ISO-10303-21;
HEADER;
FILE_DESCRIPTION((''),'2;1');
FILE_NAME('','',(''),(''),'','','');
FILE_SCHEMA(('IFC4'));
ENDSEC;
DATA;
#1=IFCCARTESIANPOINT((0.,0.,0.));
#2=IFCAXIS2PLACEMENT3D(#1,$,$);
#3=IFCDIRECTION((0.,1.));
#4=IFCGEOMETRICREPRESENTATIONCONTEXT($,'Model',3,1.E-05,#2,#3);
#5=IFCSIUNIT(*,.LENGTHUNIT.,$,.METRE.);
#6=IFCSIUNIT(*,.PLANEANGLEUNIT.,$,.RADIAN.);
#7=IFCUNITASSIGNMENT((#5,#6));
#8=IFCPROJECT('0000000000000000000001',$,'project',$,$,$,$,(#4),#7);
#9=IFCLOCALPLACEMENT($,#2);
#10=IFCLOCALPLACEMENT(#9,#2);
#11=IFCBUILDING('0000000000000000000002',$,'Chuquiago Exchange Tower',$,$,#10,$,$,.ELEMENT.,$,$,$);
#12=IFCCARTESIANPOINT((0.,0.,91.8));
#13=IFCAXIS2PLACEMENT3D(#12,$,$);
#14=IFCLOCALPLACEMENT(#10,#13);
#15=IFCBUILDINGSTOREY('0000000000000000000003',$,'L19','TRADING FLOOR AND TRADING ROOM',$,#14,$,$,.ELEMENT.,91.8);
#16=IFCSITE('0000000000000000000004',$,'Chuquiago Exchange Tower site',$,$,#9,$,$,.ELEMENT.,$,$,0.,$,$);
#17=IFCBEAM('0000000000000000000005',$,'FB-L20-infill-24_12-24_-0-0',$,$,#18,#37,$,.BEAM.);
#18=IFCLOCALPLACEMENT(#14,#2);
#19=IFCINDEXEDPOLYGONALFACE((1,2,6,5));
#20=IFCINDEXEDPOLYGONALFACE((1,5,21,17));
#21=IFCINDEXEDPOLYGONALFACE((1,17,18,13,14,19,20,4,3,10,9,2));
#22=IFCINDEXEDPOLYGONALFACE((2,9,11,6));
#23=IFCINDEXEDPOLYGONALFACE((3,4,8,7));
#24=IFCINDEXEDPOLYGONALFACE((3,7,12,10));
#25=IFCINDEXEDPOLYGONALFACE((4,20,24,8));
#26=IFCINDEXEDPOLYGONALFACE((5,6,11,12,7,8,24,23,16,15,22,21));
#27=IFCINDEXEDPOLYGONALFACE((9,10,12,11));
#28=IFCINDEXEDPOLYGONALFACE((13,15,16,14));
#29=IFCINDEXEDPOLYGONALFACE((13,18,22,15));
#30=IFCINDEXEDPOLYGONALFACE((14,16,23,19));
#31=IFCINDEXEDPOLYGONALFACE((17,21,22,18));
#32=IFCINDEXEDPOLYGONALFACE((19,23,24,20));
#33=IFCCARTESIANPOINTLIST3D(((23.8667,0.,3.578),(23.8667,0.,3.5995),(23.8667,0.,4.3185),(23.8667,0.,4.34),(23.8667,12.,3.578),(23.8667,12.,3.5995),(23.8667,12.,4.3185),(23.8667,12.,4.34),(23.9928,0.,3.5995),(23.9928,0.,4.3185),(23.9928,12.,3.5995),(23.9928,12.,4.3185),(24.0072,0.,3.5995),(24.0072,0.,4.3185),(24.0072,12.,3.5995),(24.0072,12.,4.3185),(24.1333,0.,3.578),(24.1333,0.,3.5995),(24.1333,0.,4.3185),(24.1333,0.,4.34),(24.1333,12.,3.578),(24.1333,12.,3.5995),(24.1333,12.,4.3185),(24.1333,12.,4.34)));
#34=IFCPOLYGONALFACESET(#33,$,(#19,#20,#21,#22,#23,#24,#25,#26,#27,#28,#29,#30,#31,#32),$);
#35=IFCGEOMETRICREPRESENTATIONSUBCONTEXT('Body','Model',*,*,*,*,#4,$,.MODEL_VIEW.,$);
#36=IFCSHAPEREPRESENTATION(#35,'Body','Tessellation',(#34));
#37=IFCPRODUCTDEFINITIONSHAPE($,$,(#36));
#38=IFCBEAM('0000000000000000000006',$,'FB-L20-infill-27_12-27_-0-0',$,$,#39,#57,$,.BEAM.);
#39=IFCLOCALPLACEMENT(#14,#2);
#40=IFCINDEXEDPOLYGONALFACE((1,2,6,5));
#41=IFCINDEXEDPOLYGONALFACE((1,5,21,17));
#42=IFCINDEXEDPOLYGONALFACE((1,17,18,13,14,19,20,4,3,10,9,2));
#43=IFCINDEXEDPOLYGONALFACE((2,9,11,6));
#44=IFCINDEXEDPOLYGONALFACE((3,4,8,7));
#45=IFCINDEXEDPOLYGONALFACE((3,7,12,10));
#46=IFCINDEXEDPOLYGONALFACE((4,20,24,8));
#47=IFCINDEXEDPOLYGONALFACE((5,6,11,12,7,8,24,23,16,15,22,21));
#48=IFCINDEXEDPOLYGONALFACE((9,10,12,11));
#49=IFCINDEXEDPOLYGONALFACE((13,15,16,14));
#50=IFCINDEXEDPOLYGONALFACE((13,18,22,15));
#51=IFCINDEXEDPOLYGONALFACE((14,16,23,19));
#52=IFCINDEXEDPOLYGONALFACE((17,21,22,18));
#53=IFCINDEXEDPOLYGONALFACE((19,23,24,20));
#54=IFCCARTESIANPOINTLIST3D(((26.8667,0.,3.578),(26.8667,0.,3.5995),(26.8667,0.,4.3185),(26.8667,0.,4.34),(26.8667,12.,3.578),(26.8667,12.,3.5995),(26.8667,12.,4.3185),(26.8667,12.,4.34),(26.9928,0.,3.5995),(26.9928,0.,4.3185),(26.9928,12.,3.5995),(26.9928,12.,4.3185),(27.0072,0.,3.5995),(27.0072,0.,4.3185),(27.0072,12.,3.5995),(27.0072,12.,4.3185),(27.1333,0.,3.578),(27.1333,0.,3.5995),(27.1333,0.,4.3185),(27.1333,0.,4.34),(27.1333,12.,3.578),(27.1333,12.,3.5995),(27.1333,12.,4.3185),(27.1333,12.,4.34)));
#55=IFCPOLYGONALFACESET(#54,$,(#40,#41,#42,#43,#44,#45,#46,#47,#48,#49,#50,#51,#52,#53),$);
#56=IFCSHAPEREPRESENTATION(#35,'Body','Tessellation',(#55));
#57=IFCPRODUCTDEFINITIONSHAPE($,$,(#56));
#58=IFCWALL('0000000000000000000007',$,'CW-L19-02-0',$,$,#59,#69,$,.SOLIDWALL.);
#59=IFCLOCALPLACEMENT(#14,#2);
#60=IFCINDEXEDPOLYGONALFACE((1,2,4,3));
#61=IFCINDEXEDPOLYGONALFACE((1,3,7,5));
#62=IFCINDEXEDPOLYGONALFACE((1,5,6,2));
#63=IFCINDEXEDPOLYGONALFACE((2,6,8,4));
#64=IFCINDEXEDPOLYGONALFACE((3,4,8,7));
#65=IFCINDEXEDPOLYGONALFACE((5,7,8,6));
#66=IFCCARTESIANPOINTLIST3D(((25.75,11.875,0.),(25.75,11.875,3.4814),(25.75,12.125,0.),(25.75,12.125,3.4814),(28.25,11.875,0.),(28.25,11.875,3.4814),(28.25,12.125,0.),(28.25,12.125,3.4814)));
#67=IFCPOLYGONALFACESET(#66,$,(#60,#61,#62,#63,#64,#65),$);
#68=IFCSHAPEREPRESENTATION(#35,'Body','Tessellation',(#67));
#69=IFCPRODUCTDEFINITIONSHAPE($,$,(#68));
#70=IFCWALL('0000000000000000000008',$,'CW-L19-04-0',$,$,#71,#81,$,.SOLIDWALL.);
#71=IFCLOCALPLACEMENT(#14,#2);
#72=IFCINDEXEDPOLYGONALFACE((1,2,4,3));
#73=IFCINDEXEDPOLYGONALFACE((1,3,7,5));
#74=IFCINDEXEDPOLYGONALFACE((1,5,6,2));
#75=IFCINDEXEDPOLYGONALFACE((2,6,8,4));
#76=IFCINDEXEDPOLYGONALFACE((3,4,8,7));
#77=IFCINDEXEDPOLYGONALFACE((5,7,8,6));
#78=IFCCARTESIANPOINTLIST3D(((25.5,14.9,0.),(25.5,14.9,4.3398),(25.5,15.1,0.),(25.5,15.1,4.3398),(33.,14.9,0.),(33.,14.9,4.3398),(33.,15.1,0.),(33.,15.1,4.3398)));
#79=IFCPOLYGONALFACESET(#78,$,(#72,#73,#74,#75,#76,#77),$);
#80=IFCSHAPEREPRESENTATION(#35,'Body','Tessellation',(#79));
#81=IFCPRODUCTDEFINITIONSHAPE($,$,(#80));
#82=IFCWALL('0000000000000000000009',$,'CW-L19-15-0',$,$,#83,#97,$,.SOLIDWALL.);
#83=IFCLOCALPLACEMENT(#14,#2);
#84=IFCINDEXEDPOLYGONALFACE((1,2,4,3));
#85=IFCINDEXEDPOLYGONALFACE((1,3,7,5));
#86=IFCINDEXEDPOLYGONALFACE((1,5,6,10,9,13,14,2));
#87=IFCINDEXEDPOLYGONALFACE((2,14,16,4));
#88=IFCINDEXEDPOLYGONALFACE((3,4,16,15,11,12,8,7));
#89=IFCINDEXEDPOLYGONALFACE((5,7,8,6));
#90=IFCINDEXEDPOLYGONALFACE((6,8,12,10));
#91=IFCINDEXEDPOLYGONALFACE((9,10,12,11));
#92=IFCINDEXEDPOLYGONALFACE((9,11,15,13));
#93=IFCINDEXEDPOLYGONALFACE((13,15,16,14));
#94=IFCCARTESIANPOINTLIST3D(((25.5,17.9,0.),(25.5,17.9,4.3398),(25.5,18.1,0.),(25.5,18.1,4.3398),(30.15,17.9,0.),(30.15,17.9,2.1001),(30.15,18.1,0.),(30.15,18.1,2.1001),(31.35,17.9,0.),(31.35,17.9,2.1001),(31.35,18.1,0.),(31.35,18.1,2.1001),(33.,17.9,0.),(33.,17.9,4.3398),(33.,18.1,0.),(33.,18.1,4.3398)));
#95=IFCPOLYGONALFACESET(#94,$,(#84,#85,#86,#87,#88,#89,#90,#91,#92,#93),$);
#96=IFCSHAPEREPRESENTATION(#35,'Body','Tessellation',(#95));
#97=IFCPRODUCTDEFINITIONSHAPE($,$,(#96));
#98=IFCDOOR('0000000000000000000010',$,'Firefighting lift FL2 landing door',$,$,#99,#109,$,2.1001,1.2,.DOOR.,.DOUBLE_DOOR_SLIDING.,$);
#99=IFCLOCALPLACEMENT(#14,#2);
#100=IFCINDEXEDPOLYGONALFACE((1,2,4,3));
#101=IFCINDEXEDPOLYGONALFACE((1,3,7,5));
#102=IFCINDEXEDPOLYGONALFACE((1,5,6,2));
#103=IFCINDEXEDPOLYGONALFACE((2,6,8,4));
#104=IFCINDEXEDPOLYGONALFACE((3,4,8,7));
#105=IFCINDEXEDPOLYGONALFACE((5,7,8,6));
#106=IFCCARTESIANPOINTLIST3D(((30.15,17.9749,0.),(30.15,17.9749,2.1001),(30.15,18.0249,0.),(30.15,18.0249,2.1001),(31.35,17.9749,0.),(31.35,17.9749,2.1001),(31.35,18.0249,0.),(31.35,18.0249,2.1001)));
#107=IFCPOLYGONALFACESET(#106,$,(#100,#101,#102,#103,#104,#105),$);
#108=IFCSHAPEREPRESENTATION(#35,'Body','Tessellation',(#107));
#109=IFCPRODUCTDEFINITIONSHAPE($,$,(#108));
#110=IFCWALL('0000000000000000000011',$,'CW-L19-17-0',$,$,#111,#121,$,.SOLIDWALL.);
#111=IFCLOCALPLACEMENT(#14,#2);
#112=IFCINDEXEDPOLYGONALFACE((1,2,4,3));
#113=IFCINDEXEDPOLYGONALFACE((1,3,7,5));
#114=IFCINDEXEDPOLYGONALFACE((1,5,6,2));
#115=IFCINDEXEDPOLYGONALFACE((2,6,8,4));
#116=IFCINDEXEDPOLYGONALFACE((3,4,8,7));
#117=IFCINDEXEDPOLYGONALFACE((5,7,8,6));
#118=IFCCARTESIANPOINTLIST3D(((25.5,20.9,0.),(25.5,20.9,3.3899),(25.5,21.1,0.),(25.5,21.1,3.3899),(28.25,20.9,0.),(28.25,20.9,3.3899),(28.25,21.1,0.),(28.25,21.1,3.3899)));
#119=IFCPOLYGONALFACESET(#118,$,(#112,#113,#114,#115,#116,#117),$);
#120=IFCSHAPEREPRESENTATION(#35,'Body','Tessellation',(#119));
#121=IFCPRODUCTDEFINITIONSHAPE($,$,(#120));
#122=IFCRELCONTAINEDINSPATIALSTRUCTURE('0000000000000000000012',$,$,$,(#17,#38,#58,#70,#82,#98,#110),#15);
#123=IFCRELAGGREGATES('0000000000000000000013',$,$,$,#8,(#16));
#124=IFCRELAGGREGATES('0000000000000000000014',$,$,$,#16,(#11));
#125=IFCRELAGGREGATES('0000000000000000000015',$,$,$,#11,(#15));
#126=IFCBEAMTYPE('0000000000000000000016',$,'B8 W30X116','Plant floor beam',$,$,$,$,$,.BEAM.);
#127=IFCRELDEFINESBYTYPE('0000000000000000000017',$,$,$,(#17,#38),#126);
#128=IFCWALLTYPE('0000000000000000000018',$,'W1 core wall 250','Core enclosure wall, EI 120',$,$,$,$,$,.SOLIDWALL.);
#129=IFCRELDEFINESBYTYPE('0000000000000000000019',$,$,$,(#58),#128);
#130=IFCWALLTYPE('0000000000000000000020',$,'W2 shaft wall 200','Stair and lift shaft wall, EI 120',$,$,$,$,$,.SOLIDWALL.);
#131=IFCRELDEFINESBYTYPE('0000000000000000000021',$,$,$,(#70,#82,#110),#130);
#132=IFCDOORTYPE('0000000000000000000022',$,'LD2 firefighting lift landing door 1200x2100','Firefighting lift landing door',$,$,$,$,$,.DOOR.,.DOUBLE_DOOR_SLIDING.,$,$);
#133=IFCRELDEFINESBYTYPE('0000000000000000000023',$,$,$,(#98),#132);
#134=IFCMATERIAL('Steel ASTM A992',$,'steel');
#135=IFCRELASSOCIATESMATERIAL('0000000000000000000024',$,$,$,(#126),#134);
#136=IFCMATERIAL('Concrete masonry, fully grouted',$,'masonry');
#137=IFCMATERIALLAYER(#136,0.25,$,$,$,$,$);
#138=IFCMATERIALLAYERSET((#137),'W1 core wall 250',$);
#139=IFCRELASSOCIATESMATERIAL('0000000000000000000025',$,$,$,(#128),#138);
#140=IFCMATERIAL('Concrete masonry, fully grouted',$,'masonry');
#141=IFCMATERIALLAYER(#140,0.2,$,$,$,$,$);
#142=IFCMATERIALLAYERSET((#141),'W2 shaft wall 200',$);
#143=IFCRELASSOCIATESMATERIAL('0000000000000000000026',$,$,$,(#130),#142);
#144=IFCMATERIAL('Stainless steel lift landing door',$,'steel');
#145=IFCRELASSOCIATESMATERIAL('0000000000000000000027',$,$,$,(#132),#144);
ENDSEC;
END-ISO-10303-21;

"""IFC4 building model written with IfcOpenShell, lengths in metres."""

from ifc_helpers import new_model, si_unit, direction, frame, frame_2d, origin, origin_2d, place, context, subcontext, project, spatial, rectangle, i_section, extrude, material, layer, layer_set, material_profile, profile_set, type_object, element, fill, save


model = new_model("IFC4")

# Units and contexts
model_context = context("Model", 3, precision=1e-05, world=origin(), true_north=direction((0.0, 1.0)))
body_context = subcontext(model_context, "Body", "Model", "MODEL_VIEW")
ifc_project = project(units=[si_unit("LENGTHUNIT", "METRE"), si_unit("PLANEANGLEUNIT", "RADIAN")], contexts=[model_context])

# Site, building, storey
site_placement = place(None, origin())
site = spatial("IfcSite", under=ifc_project, at=site_placement, Name="Chuquiago Exchange Tower site", CompositionType="ELEMENT", RefElevation=0.0)
building_placement = place(site_placement, origin())
building = spatial("IfcBuilding", under=site, at=building_placement, Name="Chuquiago Exchange Tower", CompositionType="ELEMENT")
storey_placement = place(building_placement, frame((0.0, 0.0, 91.8)))
storey = spatial("IfcBuildingStorey", under=building, at=storey_placement, Name="L19", Description="TRADING FLOOR AND TRADING ROOM", CompositionType="ELEMENT", Elevation=91.8)

# Beams
ifc_material_1 = material(Name="Steel ASTM A992", Category="steel")
ifc_material_profile_1 = material_profile(ifc_material_1, i_section(OverallWidth=0.2666, OverallDepth=0.762, WebThickness=0.0144, FlangeThickness=0.0215, at=origin_2d()), Name="W30X116")
ifc_profile_set_1 = profile_set([ifc_material_profile_1], Name="Steel ASTM A992")
beam_type_1 = type_object("IfcBeamType", Name="B8 W30X116", Description="Plant floor beam", PredefinedType="BEAM", material=ifc_profile_set_1)
for number, where, z_axis, x_axis, name in (
    (1, (24.0, 12.0, 3.959), (0.0, -1.0, 0.0), (1.0, 0.0, 0.0), "FB-L20-infill-24_12-24_-0-0"),
    (2, (27.0, 12.0, 3.959), (0.0, -1.0, 0.0), (1.0, 0.0, 0.0), "FB-L20-infill-27_12-27_-0-0"),
):
    element("IfcBeam", number, at=place(storey_placement, frame(where, z_axis=z_axis, x_axis=x_axis)), inside=storey, type_object=beam_type_1, Name=name, PredefinedType="BEAM", context=body_context, shape_type="SweptSolid", body=[
        extrude(i_section(OverallWidth=0.2666, OverallDepth=0.762, WebThickness=0.0144, FlangeThickness=0.0215, at=origin_2d()), origin(), (0.0, 0.0, 1.0), 12.0),
    ])

# Walls
ifc_material_2 = material(Name="Concrete masonry, fully grouted", Category="masonry")
ifc_layer_1 = layer(ifc_material_2, 0.25)
ifc_layer_set_1 = layer_set([ifc_layer_1], Name="W1 core wall 250")
wall_type_1 = type_object("IfcWallType", Name="W1 core wall 250", Description="Core enclosure wall, EI 120", PredefinedType="SOLIDWALL", material=ifc_layer_set_1)
wall_1_placement = place(storey_placement, frame((25.75, 12.0, 0.0), z_axis=(0.0, 0.0, 1.0), x_axis=(1.0, 0.0, 0.0)))
element("IfcWall", 3, at=wall_1_placement, inside=storey, type_object=wall_type_1, Name="CW-L19-02-0", PredefinedType="SOLIDWALL", context=body_context, shape_type="SweptSolid", body=[
    extrude(rectangle(XDim=2.5, YDim=0.25, at=frame_2d((1.25, 0.0))), origin(), (0.0, 0.0, 1.0), 3.4814),
])
ifc_material_3 = material(Name="Concrete masonry, fully grouted", Category="masonry")
ifc_layer_2 = layer(ifc_material_3, 0.2)
ifc_layer_set_2 = layer_set([ifc_layer_2], Name="W2 shaft wall 200")
wall_type_2 = type_object("IfcWallType", Name="W2 shaft wall 200", Description="Stair and lift shaft wall, EI 120", PredefinedType="SOLIDWALL", material=ifc_layer_set_2)
wall_2_placement = place(storey_placement, frame((25.5, 15.0, 0.0), z_axis=(0.0, 0.0, 1.0), x_axis=(1.0, 0.0, 0.0)))
element("IfcWall", 4, at=wall_2_placement, inside=storey, type_object=wall_type_2, Name="CW-L19-04-0", PredefinedType="SOLIDWALL", context=body_context, shape_type="SweptSolid", body=[
    extrude(rectangle(XDim=7.5, YDim=0.2, at=frame_2d((3.75, 0.0))), origin(), (0.0, 0.0, 1.0), 4.3398),
])

# Wall, opening, door
wall_3_placement = place(storey_placement, frame((25.5, 18.0, 0.0), z_axis=(0.0, 0.0, 1.0), x_axis=(1.0, 0.0, 0.0)))
wall_3 = element("IfcWall", 5, at=wall_3_placement, inside=storey, type_object=wall_type_2, Name="CW-L19-15-0", PredefinedType="SOLIDWALL", context=body_context, shape_type="SweptSolid", body=[
    extrude(rectangle(XDim=7.5, YDim=0.2, at=frame_2d((3.75, 0.0))), origin(), (0.0, 0.0, 1.0), 4.3398),
])
opening_1_placement = place(wall_3_placement, frame((4.6499, 0.0, 0.0)))
opening_1 = element("IfcOpeningElement", 6, at=opening_1_placement, cuts=wall_3, PredefinedType="OPENING", context=body_context, shape_type="SweptSolid", body=[
    extrude(rectangle(XDim=1.2, YDim=2.1001, at=frame_2d((0.6001, 1.05))), frame((0.0, 0.1099, 0.0), z_axis=(0.0, -1.0, 0.0), x_axis=(1.0, 0.0, 0.0)), (0.0, 0.0, 1.0), 0.22),
])
ifc_material_4 = material(Name="Stainless steel lift landing door", Category="steel")
door_type_1 = type_object("IfcDoorType", Name="LD2 firefighting lift landing door 1200x2100", Description="Firefighting lift landing door", OperationType="DOUBLE_DOOR_SLIDING", PredefinedType="DOOR", material=ifc_material_4)
door_1_placement = place(opening_1_placement, origin())
door_1 = element("IfcDoor", 7, at=door_1_placement, inside=storey, type_object=door_type_1, Name="Firefighting lift FL2 landing door", OperationType="DOUBLE_DOOR_SLIDING", OverallHeight=2.1001, OverallWidth=1.2, PredefinedType="DOOR", context=body_context, shape_type="SweptSolid", body=[
    extrude(rectangle(XDim=1.2, YDim=2.1001, at=frame_2d((0.6001, 1.05))), frame((0.0, 0.0249, 0.0), z_axis=(0.0, -1.0, 0.0), x_axis=(1.0, 0.0, 0.0)), (0.0, 0.0, 1.0), 0.05),
])
fill(opening_1, door_1)

# Wall
wall_4_placement = place(storey_placement, frame((25.5, 21.0, 0.0), z_axis=(0.0, 0.0, 1.0), x_axis=(1.0, 0.0, 0.0)))
element("IfcWall", 8, at=wall_4_placement, inside=storey, type_object=wall_type_2, Name="CW-L19-17-0", PredefinedType="SOLIDWALL", context=body_context, shape_type="SweptSolid", body=[
    extrude(rectangle(XDim=2.75, YDim=0.2, at=frame_2d((1.375, 0.0))), origin(), (0.0, 0.0, 1.0), 3.3899),
])

save(model, "model.ifc")
